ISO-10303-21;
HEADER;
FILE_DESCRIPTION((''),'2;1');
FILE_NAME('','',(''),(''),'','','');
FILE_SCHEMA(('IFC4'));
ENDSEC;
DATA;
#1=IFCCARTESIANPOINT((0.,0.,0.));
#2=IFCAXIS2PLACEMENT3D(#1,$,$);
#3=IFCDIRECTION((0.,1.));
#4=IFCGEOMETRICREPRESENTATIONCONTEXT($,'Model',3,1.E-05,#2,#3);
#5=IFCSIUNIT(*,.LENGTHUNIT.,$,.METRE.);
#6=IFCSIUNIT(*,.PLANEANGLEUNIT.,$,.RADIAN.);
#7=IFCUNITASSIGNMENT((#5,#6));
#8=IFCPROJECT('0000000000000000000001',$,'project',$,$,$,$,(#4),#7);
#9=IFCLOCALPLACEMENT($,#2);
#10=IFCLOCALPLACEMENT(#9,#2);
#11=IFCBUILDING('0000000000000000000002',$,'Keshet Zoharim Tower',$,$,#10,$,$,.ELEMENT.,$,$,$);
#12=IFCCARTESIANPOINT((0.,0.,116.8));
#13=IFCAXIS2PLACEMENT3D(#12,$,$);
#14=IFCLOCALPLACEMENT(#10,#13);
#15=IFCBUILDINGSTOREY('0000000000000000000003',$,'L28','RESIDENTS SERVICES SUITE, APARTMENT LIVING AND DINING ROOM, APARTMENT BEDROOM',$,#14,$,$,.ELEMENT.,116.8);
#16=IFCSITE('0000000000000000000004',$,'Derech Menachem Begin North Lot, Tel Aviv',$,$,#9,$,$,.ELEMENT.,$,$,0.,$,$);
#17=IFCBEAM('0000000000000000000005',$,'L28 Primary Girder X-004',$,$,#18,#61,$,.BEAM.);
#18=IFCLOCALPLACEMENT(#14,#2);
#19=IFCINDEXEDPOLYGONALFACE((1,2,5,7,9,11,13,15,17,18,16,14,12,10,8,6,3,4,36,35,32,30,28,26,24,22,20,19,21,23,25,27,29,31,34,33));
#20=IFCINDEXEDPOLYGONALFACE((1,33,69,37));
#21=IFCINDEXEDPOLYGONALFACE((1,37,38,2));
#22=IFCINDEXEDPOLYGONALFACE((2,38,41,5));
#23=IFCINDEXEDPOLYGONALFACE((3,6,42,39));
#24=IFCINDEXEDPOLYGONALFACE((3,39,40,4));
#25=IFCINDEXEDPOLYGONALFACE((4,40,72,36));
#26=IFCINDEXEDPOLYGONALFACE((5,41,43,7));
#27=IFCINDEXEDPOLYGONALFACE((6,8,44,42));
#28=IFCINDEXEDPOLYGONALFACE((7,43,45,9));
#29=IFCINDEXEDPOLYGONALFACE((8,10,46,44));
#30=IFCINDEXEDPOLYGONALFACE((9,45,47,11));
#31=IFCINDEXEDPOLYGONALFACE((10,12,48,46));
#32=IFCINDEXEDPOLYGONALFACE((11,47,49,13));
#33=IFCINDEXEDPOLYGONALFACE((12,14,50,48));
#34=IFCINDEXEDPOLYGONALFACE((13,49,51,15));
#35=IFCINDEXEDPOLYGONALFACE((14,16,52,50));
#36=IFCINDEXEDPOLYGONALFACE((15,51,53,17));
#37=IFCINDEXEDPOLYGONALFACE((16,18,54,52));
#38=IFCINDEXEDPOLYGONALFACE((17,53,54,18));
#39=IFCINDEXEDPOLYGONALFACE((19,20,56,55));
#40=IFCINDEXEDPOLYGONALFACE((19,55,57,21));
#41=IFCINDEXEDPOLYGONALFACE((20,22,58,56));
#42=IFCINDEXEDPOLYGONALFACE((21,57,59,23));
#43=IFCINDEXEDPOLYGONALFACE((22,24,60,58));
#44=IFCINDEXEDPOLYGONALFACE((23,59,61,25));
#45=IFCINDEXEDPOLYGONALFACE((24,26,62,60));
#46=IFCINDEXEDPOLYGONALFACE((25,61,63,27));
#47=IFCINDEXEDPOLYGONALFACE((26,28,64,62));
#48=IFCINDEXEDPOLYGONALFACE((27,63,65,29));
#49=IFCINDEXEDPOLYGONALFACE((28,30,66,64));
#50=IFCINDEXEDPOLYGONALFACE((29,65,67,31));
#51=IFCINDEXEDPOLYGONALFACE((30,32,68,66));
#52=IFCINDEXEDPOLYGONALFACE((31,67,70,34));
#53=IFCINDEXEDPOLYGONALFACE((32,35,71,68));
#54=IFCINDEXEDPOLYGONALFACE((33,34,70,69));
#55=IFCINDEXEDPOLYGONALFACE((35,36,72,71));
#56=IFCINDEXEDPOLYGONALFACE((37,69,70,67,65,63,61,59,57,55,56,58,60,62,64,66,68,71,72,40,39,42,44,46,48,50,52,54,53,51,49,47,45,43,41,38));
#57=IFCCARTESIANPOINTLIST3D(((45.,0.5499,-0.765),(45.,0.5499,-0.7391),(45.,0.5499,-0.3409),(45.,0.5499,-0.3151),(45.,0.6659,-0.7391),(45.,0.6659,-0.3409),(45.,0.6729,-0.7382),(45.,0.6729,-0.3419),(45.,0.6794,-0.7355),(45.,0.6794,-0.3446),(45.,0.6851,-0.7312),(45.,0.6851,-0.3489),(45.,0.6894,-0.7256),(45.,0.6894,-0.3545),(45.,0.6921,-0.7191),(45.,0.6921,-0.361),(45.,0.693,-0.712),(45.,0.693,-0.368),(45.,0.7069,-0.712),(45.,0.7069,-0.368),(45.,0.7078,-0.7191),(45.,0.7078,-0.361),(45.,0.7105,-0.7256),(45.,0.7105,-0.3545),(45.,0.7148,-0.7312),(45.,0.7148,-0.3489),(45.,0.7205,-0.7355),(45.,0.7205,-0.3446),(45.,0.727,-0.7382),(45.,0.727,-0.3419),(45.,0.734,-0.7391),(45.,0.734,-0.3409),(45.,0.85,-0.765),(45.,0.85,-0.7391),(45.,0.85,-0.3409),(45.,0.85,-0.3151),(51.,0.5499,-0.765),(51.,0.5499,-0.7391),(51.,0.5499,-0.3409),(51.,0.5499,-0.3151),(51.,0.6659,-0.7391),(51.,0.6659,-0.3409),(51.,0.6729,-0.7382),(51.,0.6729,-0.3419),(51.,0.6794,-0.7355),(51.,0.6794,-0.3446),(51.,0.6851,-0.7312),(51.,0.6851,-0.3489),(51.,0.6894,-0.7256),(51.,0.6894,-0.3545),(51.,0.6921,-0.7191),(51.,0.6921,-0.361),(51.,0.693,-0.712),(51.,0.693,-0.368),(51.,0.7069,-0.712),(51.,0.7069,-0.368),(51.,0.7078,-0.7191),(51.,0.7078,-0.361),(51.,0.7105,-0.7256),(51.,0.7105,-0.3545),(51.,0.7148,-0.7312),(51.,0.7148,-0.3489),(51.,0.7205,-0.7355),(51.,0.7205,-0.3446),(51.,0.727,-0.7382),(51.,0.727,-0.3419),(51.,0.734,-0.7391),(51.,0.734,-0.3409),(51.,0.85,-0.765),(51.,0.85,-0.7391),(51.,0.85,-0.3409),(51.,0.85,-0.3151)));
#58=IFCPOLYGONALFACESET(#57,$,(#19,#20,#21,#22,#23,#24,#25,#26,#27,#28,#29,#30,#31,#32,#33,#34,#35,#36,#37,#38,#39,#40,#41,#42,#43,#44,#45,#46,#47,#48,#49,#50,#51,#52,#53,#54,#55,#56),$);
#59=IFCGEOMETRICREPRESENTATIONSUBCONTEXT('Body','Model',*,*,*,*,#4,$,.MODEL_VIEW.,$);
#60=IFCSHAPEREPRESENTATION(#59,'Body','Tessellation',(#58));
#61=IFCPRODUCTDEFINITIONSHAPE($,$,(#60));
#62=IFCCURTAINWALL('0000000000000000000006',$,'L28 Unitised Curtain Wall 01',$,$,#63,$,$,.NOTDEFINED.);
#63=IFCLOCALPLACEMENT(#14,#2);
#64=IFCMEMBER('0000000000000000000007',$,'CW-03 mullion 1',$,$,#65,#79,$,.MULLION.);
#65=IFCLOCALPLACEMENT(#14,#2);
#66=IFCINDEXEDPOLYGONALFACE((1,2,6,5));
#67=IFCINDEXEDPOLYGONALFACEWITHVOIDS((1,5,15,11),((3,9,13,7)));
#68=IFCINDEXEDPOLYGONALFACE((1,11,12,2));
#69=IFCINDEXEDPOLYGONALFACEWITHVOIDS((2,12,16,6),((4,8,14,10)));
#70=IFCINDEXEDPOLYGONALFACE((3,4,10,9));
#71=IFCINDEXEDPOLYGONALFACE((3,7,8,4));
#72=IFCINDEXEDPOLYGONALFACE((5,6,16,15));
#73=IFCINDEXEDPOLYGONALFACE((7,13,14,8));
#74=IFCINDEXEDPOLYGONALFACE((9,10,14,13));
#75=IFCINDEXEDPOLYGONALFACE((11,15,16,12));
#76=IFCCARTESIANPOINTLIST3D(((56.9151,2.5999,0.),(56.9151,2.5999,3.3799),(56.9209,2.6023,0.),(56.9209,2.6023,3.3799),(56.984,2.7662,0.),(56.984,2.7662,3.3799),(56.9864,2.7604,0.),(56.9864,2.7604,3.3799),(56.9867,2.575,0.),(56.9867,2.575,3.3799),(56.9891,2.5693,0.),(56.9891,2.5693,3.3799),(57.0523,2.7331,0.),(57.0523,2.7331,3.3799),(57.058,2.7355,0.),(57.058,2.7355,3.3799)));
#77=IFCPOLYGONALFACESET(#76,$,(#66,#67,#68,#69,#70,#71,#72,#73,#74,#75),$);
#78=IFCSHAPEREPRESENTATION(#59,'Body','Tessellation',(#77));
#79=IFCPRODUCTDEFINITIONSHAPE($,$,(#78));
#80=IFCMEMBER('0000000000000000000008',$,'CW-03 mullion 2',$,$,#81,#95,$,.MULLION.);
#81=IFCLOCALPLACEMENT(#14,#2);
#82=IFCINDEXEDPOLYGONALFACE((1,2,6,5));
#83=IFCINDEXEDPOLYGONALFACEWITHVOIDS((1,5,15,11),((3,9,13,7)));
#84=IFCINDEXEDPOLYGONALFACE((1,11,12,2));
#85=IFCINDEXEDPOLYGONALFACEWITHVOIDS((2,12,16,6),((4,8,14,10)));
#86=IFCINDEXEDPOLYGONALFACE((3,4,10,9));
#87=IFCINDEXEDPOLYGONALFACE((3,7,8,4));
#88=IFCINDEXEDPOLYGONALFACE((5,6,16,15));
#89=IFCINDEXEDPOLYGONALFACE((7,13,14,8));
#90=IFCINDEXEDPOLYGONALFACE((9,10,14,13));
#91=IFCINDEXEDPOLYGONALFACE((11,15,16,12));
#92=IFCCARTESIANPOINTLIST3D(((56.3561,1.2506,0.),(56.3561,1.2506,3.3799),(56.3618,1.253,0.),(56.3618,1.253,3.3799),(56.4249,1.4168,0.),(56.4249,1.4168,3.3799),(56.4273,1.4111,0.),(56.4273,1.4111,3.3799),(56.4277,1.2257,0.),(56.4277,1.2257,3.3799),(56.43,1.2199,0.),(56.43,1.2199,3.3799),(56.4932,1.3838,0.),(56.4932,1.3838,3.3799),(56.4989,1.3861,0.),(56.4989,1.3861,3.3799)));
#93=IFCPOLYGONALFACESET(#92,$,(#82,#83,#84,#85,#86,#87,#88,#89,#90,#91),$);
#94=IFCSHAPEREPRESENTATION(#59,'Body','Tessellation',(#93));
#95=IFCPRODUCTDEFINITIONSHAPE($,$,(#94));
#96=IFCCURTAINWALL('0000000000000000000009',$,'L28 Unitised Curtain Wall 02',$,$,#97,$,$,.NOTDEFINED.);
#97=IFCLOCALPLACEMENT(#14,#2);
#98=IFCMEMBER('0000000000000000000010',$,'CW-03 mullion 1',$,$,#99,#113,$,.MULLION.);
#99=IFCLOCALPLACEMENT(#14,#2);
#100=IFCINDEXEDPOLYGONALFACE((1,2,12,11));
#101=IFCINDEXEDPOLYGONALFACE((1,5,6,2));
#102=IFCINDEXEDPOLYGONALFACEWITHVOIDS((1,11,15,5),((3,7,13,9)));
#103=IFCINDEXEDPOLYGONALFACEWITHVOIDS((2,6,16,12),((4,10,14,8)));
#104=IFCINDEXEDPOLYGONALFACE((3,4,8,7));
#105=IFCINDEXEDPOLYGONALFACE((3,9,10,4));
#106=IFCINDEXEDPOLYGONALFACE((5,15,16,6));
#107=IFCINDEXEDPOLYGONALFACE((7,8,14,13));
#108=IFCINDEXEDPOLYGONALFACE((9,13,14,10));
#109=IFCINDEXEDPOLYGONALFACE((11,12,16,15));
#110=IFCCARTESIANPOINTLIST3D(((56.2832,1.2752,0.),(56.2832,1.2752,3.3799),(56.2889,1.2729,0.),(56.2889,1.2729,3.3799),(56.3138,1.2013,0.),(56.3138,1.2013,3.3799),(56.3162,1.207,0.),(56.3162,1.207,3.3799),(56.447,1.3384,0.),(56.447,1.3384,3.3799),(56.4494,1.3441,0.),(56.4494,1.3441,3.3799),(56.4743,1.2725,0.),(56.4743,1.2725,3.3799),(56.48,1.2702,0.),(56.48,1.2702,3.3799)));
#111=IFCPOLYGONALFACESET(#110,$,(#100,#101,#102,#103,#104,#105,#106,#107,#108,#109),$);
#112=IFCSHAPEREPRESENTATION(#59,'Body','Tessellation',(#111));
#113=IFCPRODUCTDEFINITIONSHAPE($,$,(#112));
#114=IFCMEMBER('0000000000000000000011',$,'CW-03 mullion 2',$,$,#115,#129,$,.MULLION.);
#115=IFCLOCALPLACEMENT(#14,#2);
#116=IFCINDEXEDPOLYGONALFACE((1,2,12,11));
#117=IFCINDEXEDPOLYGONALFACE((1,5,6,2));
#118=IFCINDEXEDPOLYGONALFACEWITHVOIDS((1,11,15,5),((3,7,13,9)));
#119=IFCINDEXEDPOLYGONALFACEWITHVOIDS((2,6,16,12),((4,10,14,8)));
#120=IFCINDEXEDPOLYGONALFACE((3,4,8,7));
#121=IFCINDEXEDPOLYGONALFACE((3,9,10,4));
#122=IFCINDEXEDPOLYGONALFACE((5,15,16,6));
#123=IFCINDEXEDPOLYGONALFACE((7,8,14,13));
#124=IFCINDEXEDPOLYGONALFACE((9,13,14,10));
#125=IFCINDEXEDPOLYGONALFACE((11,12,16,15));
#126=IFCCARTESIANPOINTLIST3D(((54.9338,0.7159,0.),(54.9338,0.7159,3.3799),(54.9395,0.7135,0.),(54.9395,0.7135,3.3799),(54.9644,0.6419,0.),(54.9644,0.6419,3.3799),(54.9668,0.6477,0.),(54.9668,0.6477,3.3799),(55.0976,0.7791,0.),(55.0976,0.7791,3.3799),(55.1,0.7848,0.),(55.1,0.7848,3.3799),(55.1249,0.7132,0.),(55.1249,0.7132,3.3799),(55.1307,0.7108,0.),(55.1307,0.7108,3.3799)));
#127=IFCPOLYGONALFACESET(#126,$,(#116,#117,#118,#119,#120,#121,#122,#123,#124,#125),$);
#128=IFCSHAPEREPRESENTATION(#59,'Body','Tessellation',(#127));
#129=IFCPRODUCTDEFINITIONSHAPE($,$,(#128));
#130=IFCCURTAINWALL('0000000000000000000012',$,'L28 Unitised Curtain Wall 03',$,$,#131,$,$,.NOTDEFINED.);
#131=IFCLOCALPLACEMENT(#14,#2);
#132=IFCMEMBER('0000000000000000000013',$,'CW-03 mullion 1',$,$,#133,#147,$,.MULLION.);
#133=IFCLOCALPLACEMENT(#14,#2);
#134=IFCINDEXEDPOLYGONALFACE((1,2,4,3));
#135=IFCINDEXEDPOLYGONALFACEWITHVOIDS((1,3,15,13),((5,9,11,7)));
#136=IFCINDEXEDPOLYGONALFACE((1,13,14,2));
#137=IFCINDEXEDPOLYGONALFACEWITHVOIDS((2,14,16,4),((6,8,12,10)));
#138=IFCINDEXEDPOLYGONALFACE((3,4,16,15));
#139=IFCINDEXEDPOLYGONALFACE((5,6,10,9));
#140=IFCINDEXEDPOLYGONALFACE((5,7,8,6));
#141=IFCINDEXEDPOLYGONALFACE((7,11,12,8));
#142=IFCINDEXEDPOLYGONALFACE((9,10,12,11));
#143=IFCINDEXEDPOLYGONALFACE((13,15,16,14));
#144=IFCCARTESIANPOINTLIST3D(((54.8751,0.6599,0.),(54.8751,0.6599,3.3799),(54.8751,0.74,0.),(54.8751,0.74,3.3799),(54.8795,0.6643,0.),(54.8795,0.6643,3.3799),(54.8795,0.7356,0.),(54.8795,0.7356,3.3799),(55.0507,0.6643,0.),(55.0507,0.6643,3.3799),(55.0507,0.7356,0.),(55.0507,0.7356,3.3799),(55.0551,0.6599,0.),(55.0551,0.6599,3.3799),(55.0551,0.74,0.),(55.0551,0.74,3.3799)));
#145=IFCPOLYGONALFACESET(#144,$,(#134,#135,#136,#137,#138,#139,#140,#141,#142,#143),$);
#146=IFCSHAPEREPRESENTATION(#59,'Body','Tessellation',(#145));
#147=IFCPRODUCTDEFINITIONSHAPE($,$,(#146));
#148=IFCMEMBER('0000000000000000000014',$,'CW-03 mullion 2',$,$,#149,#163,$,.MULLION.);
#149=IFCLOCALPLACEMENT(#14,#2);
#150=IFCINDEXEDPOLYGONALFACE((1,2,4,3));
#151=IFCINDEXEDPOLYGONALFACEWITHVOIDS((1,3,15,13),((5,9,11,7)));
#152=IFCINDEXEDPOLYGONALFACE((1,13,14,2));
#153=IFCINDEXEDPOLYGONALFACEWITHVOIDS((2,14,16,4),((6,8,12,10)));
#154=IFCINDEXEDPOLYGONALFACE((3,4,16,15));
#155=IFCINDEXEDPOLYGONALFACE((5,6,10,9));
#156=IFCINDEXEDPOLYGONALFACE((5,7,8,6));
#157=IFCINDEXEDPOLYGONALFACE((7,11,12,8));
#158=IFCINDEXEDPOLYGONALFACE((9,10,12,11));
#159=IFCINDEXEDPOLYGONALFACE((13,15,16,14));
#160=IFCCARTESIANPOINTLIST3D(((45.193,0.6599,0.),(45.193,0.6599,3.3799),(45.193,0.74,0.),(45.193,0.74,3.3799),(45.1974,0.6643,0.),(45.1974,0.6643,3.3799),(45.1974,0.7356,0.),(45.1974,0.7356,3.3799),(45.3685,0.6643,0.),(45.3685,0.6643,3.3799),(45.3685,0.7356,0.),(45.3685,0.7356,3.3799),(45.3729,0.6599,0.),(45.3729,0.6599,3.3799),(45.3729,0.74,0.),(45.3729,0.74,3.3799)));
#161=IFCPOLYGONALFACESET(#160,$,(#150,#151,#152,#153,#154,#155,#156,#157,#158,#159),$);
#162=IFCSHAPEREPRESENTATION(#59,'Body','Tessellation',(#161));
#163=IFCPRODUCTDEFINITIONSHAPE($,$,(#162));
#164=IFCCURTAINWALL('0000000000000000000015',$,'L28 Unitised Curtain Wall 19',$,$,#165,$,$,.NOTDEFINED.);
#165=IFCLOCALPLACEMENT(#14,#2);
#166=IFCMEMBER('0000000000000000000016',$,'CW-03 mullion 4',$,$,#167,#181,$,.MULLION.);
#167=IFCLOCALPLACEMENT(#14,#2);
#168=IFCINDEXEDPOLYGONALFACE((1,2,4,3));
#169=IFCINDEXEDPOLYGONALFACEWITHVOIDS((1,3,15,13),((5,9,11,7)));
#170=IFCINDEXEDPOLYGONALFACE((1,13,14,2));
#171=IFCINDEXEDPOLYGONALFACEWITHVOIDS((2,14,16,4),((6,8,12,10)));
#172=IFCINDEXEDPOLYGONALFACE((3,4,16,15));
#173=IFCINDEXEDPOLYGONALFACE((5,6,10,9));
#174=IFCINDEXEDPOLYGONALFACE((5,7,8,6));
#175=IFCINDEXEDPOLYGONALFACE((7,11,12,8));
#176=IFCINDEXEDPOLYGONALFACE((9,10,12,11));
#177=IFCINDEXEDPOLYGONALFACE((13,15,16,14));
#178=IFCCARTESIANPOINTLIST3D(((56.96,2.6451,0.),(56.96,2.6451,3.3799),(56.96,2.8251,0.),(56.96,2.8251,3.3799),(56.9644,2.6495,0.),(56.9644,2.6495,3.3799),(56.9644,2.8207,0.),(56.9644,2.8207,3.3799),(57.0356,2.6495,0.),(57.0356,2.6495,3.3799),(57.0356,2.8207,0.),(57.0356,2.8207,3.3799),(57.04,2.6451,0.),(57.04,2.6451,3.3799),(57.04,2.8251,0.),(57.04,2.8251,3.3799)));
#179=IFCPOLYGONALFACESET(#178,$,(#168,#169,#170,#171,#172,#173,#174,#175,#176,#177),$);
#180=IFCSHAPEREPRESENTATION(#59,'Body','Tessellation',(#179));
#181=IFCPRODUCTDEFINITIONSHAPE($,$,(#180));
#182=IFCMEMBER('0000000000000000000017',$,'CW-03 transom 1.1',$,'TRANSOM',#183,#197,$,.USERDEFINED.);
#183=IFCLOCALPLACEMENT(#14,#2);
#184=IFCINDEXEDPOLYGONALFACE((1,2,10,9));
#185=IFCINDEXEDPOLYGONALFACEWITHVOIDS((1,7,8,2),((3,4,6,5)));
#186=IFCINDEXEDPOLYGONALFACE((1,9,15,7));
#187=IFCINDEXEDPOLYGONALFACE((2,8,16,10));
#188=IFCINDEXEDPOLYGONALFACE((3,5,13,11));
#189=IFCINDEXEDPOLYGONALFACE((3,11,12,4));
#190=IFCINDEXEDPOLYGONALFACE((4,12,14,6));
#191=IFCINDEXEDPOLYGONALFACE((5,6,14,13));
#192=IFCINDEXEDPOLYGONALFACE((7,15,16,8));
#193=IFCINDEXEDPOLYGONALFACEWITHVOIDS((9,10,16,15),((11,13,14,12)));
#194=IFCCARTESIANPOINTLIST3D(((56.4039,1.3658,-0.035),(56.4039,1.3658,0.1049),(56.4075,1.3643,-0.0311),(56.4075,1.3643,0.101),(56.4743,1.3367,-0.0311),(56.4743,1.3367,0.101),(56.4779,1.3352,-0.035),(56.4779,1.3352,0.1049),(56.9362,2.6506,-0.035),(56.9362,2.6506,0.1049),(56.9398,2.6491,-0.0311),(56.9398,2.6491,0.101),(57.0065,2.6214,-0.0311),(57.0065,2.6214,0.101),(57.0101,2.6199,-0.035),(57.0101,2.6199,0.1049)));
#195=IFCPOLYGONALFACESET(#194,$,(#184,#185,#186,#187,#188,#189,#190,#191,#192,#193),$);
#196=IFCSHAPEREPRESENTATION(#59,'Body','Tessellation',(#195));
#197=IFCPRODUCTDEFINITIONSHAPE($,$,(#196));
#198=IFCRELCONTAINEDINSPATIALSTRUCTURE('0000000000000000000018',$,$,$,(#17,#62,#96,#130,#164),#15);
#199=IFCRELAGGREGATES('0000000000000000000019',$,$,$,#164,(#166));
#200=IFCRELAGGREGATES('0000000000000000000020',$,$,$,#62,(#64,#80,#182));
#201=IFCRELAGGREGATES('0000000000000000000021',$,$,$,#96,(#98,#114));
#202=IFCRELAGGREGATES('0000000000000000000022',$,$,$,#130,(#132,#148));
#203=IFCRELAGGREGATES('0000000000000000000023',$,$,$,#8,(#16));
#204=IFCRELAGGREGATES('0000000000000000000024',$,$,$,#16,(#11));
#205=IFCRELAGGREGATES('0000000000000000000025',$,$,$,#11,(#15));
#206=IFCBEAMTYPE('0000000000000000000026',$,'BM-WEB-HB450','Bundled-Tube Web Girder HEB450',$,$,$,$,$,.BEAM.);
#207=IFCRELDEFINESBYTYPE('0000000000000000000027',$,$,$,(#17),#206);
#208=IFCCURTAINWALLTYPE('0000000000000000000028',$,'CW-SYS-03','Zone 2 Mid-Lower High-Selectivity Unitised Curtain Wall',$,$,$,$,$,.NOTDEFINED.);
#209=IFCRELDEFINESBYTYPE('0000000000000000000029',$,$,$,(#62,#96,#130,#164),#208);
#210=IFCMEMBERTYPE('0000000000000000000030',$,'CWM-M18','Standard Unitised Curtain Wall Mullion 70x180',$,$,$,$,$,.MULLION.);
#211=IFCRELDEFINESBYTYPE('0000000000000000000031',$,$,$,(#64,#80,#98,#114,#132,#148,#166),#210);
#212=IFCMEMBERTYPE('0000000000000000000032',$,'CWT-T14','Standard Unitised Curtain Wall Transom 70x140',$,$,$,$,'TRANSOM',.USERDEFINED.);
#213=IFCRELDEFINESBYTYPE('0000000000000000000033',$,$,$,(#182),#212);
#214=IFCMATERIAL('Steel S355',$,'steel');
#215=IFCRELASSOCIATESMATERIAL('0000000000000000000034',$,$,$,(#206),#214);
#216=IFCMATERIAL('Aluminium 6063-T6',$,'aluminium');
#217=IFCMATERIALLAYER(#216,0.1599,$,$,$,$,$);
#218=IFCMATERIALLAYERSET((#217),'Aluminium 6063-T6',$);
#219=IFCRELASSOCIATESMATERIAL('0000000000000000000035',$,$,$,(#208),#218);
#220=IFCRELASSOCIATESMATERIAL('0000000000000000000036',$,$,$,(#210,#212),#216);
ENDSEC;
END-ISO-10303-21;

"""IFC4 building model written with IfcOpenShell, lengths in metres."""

from ifc_helpers import new_model, si_unit, direction, frame, origin, origin_2d, place, context, subcontext, project, spatial, hollow_rectangle, i_section, extrude, material, layer, layer_set, material_profile, profile_set, type_object, element, aggregate, save


model = new_model("IFC4")

# Units and contexts
model_context = context("Model", 3, precision=1e-05, world=origin(), true_north=direction((0.0, 1.0)))
body_context = subcontext(model_context, "Body", "Model", "MODEL_VIEW")
ifc_project = project(units=[si_unit("LENGTHUNIT", "METRE"), si_unit("PLANEANGLEUNIT", "RADIAN")], contexts=[model_context])

# Site, building, storey
site_placement = place(None, origin())
site = spatial("IfcSite", under=ifc_project, at=site_placement, Name="Derech Menachem Begin North Lot, Tel Aviv", CompositionType="ELEMENT", RefElevation=0.0)
building_placement = place(site_placement, origin())
building = spatial("IfcBuilding", under=site, at=building_placement, Name="Keshet Zoharim Tower", CompositionType="ELEMENT")
storey_placement = place(building_placement, frame((0.0, 0.0, 116.8)))
storey = spatial("IfcBuildingStorey", under=building, at=storey_placement, Name="L28", Description="RESIDENTS SERVICES SUITE, APARTMENT LIVING AND DINING ROOM, APARTMENT BEDROOM", CompositionType="ELEMENT", Elevation=116.8)

# Shared definitions
ifc_material_1 = material(Name="Steel S355", Category="steel")

# Beam
ifc_material_profile_1 = material_profile(ifc_material_1, i_section(OverallWidth=0.3, OverallDepth=0.45, WebThickness=0.0139, FlangeThickness=0.0259, FilletRadius=0.0271, at=origin_2d()), Name="HEB450")
ifc_profile_set_1 = profile_set([ifc_material_profile_1], Name="Steel S355")
beam_type_1 = type_object("IfcBeamType", Name="BM-WEB-HB450", Description="Bundled-Tube Web Girder HEB450", PredefinedType="BEAM", material=ifc_profile_set_1)
beam_1_placement = place(storey_placement, frame((45.0, 0.7, -0.54), z_axis=(1.0, 0.0, 0.0), x_axis=(0.0, 1.0, 0.0)))
element("IfcBeam", 1, at=beam_1_placement, inside=storey, type_object=beam_type_1, Name="L28 Primary Girder X-004", PredefinedType="BEAM", context=body_context, shape_type="SweptSolid", body=[
    extrude(i_section(OverallWidth=0.3, OverallDepth=0.45, WebThickness=0.0139, FlangeThickness=0.0259, FilletRadius=0.0271, at=origin_2d()), origin(), (0.0, 0.0, 1.0), 6.0),
])

# Curtain walls, members
ifc_material_2 = material(Name="Aluminium 6063-T6", Category="aluminium")
ifc_layer_1 = layer(ifc_material_2, 0.1599)
ifc_layer_set_1 = layer_set([ifc_layer_1], Name="Aluminium 6063-T6")
curtain_wall_type = type_object("IfcCurtainWallType", Name="CW-SYS-03", Description="Zone 2 Mid-Lower High-Selectivity Unitised Curtain Wall", PredefinedType="NOTDEFINED", material=ifc_layer_set_1)
curtain_wall_1_placement = place(storey_placement, origin())
curtain_wall_1 = element("IfcCurtainWall", 2, at=curtain_wall_1_placement, inside=storey, type_object=curtain_wall_type, Name="L28 Unitised Curtain Wall 01", PredefinedType="NOTDEFINED")
ifc_material_profile_2 = material_profile(ifc_material_2, hollow_rectangle(XDim=0.0801, YDim=0.1799, WallThickness=0.0044, at=origin_2d()), Name="MUL-80x180")
ifc_profile_set_2 = profile_set([ifc_material_profile_2], Name="Aluminium 6063-T6")
member_type_1 = type_object("IfcMemberType", Name="CWM-M18", Description="Standard Unitised Curtain Wall Mullion 70x180", PredefinedType="MULLION", material=ifc_profile_set_2)
member_1_placement = place(storey_placement, frame((56.9866, 2.6677, 0.0), z_axis=(0.0, 0.0, 1.0), x_axis=(0.92381, -0.382852, 0.0)))
member_1 = element("IfcMember", 3, at=member_1_placement, type_object=member_type_1, Name="CW-03 mullion 1", PredefinedType="MULLION", context=body_context, shape_type="SweptSolid", body=[
    extrude(hollow_rectangle(XDim=0.0801, YDim=0.1799, WallThickness=0.0044, at=origin_2d()), origin(), (0.0, 0.0, 1.0), 3.3799),
])
member_2_placement = place(storey_placement, frame((56.4275, 1.3184, 0.0), z_axis=(0.0, 0.0, 1.0), x_axis=(0.92381, -0.382852, 0.0)))
member_2 = element("IfcMember", 4, at=member_2_placement, type_object=member_type_1, Name="CW-03 mullion 2", PredefinedType="MULLION", context=body_context, shape_type="SweptSolid", body=[
    extrude(hollow_rectangle(XDim=0.0801, YDim=0.1799, WallThickness=0.0044, at=origin_2d()), origin(), (0.0, 0.0, 1.0), 3.3799),
])
curtain_wall_2_placement = place(storey_placement, origin())
curtain_wall_2 = element("IfcCurtainWall", 5, at=curtain_wall_2_placement, inside=storey, type_object=curtain_wall_type, Name="L28 Unitised Curtain Wall 02", PredefinedType="NOTDEFINED")
member_3_placement = place(storey_placement, frame((56.3816, 1.2727, 0.0), z_axis=(0.0, 0.0, 1.0), x_axis=(0.382852, -0.92381, 0.0)))
member_3 = element("IfcMember", 6, at=member_3_placement, type_object=member_type_1, Name="CW-03 mullion 1", PredefinedType="MULLION", context=body_context, shape_type="SweptSolid", body=[
    extrude(hollow_rectangle(XDim=0.0801, YDim=0.1799, WallThickness=0.0044, at=origin_2d()), origin(), (0.0, 0.0, 1.0), 3.3799),
])
member_4_placement = place(storey_placement, frame((55.0322, 0.7134, 0.0), z_axis=(0.0, 0.0, 1.0), x_axis=(0.382852, -0.92381, 0.0)))
member_4 = element("IfcMember", 7, at=member_4_placement, type_object=member_type_1, Name="CW-03 mullion 2", PredefinedType="MULLION", context=body_context, shape_type="SweptSolid", body=[
    extrude(hollow_rectangle(XDim=0.0801, YDim=0.1799, WallThickness=0.0044, at=origin_2d()), origin(), (0.0, 0.0, 1.0), 3.3799),
])
curtain_wall_3_placement = place(storey_placement, origin())
curtain_wall_3 = element("IfcCurtainWall", 8, at=curtain_wall_3_placement, inside=storey, type_object=curtain_wall_type, Name="L28 Unitised Curtain Wall 03", PredefinedType="NOTDEFINED")
member_5_placement = place(storey_placement, frame((54.9651, 0.7, 0.0), z_axis=(0.0, 0.0, 1.0), x_axis=(0.0, -1.0, 0.0)))
member_5 = element("IfcMember", 9, at=member_5_placement, type_object=member_type_1, Name="CW-03 mullion 1", PredefinedType="MULLION", context=body_context, shape_type="SweptSolid", body=[
    extrude(hollow_rectangle(XDim=0.0801, YDim=0.1799, WallThickness=0.0044, at=origin_2d()), origin(), (0.0, 0.0, 1.0), 3.3799),
])
member_6_placement = place(storey_placement, frame((45.283, 0.7, 0.0), z_axis=(0.0, 0.0, 1.0), x_axis=(0.0, -1.0, 0.0)))
member_6 = element("IfcMember", 10, at=member_6_placement, type_object=member_type_1, Name="CW-03 mullion 2", PredefinedType="MULLION", context=body_context, shape_type="SweptSolid", body=[
    extrude(hollow_rectangle(XDim=0.0801, YDim=0.1799, WallThickness=0.0044, at=origin_2d()), origin(), (0.0, 0.0, 1.0), 3.3799),
])

# Curtain wall, member
curtain_wall_4_placement = place(storey_placement, origin())
curtain_wall_4 = element("IfcCurtainWall", 11, at=curtain_wall_4_placement, inside=storey, type_object=curtain_wall_type, Name="L28 Unitised Curtain Wall 19", PredefinedType="NOTDEFINED")
member_7_placement = place(storey_placement, frame((57.0, 2.7351, 0.0), z_axis=(0.0, 0.0, 1.0), x_axis=(1.0, 0.0, 0.0)))
member_7 = element("IfcMember", 12, at=member_7_placement, type_object=member_type_1, Name="CW-03 mullion 4", PredefinedType="MULLION", context=body_context, shape_type="SweptSolid", body=[
    extrude(hollow_rectangle(XDim=0.0801, YDim=0.1799, WallThickness=0.0044, at=origin_2d()), origin(), (0.0, 0.0, 1.0), 3.3799),
])
aggregate(curtain_wall_4, [member_7])

# Member
ifc_material_profile_3 = material_profile(ifc_material_2, hollow_rectangle(XDim=0.0801, YDim=0.1399, WallThickness=0.0039, at=origin_2d()), Name="TRN-80x140")
ifc_profile_set_3 = profile_set([ifc_material_profile_3], Name="Aluminium 6063-T6")
member_type_2 = type_object("IfcMemberType", Name="CWT-T14", Description="Standard Unitised Curtain Wall Transom 70x140", ElementType="TRANSOM", PredefinedType="USERDEFINED", material=ifc_profile_set_3)
member_8_placement = place(storey_placement, frame((56.9731, 2.6353, 0.0349), z_axis=(-0.382745, -0.923854, 0.0), x_axis=(0.923854, -0.382745, 0.0)))
member_8 = element("IfcMember", 13, at=member_8_placement, type_object=member_type_2, Name="CW-03 transom 1.1", ObjectType="TRANSOM", PredefinedType="USERDEFINED", context=body_context, shape_type="SweptSolid", body=[
    extrude(hollow_rectangle(XDim=0.0801, YDim=0.1399, WallThickness=0.0039, at=origin_2d()), origin(), (0.0, 0.0, 1.0), 1.3906),
])

aggregate(curtain_wall_1, [member_1, member_2, member_8])
aggregate(curtain_wall_2, [member_3, member_4])
aggregate(curtain_wall_3, [member_5, member_6])

save(model, "model.ifc")
